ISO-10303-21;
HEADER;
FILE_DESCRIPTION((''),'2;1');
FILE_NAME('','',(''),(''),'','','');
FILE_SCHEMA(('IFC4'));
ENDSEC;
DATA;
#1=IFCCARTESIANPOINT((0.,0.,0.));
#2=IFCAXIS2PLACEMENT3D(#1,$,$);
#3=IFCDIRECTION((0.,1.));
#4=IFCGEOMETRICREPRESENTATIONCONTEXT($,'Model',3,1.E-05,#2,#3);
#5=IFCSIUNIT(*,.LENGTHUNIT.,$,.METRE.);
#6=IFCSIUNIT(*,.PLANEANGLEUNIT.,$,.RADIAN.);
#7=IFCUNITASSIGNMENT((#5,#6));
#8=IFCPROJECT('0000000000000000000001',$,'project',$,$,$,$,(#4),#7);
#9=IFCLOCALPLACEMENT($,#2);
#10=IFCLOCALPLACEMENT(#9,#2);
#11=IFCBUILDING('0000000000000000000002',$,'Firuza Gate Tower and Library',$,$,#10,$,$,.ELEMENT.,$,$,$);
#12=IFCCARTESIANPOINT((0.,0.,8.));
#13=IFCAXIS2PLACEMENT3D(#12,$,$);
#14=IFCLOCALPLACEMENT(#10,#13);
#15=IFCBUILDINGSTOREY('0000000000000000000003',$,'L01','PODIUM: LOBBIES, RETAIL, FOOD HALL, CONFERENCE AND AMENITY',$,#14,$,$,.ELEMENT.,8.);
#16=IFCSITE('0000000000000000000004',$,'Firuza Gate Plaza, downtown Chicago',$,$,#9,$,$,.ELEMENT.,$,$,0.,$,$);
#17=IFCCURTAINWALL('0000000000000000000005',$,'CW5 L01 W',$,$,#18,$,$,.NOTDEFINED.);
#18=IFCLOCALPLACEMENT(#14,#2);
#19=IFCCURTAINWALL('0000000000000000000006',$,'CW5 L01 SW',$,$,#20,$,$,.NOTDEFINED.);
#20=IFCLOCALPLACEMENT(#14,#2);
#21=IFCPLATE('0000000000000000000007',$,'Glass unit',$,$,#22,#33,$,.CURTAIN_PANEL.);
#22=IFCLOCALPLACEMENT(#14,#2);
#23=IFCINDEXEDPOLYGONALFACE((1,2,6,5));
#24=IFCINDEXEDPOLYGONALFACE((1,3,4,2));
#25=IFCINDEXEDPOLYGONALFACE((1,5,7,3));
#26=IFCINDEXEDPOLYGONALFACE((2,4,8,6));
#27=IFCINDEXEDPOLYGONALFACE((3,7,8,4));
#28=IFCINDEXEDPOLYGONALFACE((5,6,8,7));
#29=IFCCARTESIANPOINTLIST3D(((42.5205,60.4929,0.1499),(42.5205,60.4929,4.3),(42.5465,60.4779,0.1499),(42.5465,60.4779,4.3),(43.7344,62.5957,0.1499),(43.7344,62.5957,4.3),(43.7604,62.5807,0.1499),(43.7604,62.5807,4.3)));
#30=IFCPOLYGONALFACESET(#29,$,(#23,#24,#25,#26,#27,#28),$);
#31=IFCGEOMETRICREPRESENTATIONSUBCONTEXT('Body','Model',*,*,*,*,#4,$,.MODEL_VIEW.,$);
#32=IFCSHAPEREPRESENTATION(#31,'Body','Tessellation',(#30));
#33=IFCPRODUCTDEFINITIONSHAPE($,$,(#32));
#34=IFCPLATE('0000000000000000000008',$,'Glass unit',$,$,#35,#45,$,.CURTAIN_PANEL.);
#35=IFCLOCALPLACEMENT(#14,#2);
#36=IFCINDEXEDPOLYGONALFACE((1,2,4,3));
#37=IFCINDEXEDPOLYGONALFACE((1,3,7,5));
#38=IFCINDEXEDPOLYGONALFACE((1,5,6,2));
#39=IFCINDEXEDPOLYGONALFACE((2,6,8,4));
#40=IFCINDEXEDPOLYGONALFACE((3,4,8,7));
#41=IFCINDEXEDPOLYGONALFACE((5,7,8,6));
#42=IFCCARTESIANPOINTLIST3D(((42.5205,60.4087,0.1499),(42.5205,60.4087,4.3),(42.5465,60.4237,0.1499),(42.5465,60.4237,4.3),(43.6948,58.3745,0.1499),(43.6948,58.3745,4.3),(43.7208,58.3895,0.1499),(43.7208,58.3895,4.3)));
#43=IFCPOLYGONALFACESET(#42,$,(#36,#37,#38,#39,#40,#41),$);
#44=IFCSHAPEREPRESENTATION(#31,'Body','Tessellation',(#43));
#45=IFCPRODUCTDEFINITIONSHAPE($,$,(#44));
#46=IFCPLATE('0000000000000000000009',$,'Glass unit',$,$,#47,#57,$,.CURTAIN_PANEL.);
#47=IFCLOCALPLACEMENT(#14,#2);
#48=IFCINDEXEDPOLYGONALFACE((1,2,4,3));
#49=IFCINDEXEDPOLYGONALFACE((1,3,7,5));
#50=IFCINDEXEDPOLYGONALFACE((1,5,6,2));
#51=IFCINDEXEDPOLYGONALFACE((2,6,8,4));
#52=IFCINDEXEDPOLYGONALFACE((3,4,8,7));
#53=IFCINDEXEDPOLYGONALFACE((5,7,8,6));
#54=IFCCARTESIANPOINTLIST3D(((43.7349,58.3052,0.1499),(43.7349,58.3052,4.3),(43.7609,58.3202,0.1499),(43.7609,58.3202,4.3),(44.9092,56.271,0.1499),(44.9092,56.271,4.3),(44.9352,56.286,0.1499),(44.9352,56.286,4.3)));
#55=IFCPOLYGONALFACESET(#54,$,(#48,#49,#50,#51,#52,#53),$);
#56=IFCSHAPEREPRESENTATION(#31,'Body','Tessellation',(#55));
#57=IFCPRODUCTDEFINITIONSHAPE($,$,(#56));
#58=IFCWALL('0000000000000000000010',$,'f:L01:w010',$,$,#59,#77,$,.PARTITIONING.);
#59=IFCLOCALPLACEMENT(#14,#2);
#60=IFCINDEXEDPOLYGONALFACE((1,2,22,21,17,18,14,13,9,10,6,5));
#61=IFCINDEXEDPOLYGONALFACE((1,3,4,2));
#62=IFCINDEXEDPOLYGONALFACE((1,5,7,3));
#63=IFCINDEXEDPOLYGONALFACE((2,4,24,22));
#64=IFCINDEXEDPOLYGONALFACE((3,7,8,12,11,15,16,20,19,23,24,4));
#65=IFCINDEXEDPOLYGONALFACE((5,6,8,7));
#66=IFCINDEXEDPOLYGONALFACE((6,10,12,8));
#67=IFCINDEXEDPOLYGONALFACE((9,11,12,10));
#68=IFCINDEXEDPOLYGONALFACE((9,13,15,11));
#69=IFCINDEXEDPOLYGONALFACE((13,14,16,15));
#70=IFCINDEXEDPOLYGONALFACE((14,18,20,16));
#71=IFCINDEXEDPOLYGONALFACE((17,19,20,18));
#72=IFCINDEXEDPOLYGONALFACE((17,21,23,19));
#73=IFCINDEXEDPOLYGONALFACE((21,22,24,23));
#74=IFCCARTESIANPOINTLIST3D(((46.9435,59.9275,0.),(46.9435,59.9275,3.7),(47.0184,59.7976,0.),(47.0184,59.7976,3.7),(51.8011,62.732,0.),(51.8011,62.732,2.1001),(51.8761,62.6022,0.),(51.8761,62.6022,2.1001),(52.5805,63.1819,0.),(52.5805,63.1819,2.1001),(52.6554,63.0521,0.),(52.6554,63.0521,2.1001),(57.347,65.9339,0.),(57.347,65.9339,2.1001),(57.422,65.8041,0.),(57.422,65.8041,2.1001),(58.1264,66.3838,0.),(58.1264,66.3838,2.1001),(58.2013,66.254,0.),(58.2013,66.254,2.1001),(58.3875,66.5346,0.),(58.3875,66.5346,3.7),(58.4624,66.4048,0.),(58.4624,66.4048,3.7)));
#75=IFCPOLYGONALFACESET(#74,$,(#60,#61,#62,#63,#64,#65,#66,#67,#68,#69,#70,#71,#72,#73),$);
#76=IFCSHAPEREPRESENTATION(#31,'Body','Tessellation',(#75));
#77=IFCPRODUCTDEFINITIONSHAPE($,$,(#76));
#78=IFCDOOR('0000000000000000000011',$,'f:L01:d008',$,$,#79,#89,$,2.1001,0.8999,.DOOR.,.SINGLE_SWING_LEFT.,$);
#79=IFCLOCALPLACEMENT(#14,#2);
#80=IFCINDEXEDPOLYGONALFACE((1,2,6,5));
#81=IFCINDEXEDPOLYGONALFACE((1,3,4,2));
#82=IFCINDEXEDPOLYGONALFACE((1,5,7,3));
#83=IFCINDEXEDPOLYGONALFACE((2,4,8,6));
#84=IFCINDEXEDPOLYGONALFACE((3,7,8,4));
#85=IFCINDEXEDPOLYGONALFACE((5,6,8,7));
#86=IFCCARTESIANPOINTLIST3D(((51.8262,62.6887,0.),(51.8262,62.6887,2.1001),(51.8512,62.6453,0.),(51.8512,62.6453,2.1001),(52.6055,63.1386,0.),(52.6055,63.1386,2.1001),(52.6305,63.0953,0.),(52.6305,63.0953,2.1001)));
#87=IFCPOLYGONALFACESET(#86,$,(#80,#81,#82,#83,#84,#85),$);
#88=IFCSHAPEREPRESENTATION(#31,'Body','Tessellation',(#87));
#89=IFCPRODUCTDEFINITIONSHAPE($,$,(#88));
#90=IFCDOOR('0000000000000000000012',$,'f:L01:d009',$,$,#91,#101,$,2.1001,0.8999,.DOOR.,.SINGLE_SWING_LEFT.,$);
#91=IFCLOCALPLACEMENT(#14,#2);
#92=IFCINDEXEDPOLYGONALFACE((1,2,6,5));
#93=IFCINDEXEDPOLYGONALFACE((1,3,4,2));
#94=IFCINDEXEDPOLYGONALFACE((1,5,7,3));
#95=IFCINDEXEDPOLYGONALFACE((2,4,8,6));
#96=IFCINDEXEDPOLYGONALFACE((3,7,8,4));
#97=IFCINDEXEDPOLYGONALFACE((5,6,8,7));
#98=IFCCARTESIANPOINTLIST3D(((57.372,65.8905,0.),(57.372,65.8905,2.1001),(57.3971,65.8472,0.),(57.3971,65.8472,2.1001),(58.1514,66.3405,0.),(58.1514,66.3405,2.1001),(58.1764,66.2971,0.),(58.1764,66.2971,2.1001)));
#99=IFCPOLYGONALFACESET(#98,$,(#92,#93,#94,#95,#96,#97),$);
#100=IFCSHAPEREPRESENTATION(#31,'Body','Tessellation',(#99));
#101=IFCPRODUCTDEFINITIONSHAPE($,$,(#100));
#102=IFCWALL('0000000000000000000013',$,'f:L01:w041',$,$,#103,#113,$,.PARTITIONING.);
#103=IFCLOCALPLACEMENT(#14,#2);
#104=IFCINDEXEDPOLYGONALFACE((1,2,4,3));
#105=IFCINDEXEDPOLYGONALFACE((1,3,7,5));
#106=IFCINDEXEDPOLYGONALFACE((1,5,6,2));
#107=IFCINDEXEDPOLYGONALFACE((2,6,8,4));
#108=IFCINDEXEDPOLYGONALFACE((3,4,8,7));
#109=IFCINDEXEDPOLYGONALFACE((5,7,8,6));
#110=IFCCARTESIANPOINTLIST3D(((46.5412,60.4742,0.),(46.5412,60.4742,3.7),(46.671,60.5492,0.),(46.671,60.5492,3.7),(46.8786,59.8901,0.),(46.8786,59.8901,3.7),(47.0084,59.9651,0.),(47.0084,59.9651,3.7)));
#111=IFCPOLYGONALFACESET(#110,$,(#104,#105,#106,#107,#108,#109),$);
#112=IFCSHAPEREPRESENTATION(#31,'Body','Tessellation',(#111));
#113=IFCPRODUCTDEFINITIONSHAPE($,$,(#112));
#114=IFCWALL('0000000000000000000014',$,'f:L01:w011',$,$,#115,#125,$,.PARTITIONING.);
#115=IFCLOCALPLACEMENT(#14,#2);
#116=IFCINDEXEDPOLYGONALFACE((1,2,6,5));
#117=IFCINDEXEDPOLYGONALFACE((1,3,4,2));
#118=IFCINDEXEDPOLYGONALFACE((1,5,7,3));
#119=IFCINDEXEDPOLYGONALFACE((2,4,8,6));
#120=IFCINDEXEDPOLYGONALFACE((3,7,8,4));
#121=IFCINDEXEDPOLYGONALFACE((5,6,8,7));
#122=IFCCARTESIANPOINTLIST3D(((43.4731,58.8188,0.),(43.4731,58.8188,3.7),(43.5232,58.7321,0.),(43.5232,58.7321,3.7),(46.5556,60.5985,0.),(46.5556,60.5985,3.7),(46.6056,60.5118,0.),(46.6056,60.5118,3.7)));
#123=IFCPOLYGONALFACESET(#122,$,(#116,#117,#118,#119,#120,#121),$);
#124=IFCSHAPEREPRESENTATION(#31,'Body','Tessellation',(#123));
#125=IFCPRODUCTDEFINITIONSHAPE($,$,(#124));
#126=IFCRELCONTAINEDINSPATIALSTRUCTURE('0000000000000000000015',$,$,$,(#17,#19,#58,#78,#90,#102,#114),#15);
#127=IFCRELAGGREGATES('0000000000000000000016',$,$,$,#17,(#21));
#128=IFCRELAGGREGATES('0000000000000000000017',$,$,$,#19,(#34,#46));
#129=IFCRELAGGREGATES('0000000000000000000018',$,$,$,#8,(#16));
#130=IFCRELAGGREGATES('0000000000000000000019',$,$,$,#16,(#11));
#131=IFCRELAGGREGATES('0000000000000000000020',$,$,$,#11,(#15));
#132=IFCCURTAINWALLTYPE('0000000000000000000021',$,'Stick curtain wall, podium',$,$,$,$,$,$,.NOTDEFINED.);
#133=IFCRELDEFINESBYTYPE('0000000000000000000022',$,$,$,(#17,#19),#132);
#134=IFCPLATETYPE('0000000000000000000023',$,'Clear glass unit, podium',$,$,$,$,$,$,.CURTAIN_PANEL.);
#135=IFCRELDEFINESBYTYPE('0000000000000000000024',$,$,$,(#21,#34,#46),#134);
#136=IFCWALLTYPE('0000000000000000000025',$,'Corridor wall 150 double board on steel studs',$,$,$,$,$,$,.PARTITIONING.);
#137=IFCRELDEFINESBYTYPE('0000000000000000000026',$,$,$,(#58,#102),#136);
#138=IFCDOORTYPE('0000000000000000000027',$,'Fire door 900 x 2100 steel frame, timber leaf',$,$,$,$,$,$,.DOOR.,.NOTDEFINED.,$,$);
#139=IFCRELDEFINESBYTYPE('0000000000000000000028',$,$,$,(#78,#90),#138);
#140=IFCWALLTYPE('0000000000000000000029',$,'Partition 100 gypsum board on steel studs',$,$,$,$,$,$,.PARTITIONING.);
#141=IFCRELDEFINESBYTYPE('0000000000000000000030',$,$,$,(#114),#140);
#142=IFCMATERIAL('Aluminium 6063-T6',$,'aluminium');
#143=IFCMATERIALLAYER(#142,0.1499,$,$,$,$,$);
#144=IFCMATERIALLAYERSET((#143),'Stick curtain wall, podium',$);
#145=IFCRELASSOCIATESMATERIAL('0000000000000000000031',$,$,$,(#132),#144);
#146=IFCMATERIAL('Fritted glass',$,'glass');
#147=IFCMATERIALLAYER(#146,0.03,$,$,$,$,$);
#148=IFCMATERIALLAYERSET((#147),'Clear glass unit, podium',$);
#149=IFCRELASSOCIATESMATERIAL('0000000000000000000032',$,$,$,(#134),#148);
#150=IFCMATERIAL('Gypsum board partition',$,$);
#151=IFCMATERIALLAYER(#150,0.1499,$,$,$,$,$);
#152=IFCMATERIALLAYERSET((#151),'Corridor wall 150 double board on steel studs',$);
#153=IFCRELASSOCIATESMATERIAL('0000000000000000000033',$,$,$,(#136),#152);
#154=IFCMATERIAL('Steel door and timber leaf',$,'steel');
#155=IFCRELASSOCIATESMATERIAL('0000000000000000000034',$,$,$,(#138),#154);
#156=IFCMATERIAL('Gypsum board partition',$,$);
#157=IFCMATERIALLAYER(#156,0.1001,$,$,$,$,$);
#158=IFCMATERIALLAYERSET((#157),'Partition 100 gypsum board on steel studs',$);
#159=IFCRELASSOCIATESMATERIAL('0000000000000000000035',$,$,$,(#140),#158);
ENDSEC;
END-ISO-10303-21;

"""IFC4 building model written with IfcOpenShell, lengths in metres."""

from ifc_helpers import new_model, si_unit, direction, frame, frame_2d, origin, place, context, subcontext, project, spatial, polyline, rectangle, outline, extrude, material, layer, layer_set, type_object, element, fill, aggregate, save


model = new_model("IFC4")

# Units and contexts
model_context = context("Model", 3, precision=1e-05, world=origin(), true_north=direction((0.0, 1.0)))
body_context = subcontext(model_context, "Body", "Model", "MODEL_VIEW")
ifc_project = project(units=[si_unit("LENGTHUNIT", "METRE"), si_unit("PLANEANGLEUNIT", "RADIAN")], contexts=[model_context])

# Site, building, storey
site_placement = place(None, origin())
site = spatial("IfcSite", under=ifc_project, at=site_placement, Name="Firuza Gate Plaza, downtown Chicago", CompositionType="ELEMENT", RefElevation=0.0)
building_placement = place(site_placement, origin())
building = spatial("IfcBuilding", under=site, at=building_placement, Name="Firuza Gate Tower and Library", CompositionType="ELEMENT")
storey_placement = place(building_placement, frame((0.0, 0.0, 8.0)))
storey = spatial("IfcBuildingStorey", under=building, at=storey_placement, Name="L01", Description="PODIUM: LOBBIES, RETAIL, FOOD HALL, CONFERENCE AND AMENITY", CompositionType="ELEMENT", Elevation=8.0)

# Curtain walls
ifc_material_1 = material(Name="Aluminium 6063-T6", Category="aluminium")
ifc_layer_1 = layer(ifc_material_1, 0.1499)
ifc_layer_set_1 = layer_set([ifc_layer_1], Name="Stick curtain wall, podium")
curtain_wall_type = type_object("IfcCurtainWallType", Name="Stick curtain wall, podium", PredefinedType="NOTDEFINED", material=ifc_layer_set_1)
placement = place(storey_placement, origin())
curtain_wall_1 = element("IfcCurtainWall", 1, at=placement, inside=storey, type_object=curtain_wall_type, Name="CW5 L01 W", PredefinedType="NOTDEFINED")
curtain_wall_2 = element("IfcCurtainWall", 2, at=placement, inside=storey, type_object=curtain_wall_type, Name="CW5 L01 SW", PredefinedType="NOTDEFINED")

# Plates
ifc_material_2 = material(Name="Fritted glass", Category="glass")
ifc_layer_2 = layer(ifc_material_2, 0.03)
ifc_layer_set_2 = layer_set([ifc_layer_2], Name="Clear glass unit, podium")
plate_type = type_object("IfcPlateType", Name="Clear glass unit, podium", PredefinedType="CURTAIN_PANEL", material=ifc_layer_set_2)
plate_1_placement = place(storey_placement, frame((43.7344, 62.5957, 0.1499), z_axis=(-0.866057, 0.499946, 0.0), x_axis=(-0.499946, -0.866057, 0.0)))
plate_1 = element("IfcPlate", 3, at=plate_1_placement, type_object=plate_type, Name="Glass unit", PredefinedType="CURTAIN_PANEL", context=body_context, shape_type="SweptSolid", body=[
    extrude(outline(polyline([(0.0, 0.0), (2.428, 0.0), (2.428, 4.1501), (0.0, 4.1501), (0.0, 0.0)])), origin(), (0.0, 0.0, -1.0), 0.03),
])
aggregate(curtain_wall_1, [plate_1])
plate_2_placement = place(storey_placement, frame((42.5205, 60.4087, 0.1499), z_axis=(-0.866047, -0.499962, 0.0), x_axis=(0.499962, -0.866047, 0.0)))
plate_2 = element("IfcPlate", 4, at=plate_2_placement, type_object=plate_type, Name="Glass unit", PredefinedType="CURTAIN_PANEL", context=body_context, shape_type="SweptSolid", body=[
    extrude(outline(polyline([(0.0, 0.0), (2.3488, 0.0), (2.3488, 4.1501), (0.0, 4.1501), (0.0, 0.0)])), origin(), (0.0, 0.0, -1.0), 0.03),
])
plate_3_placement = place(storey_placement, frame((43.7349, 58.3052, 0.1499), z_axis=(-0.866047, -0.499962, 0.0), x_axis=(0.499962, -0.866047, 0.0)))
plate_3 = element("IfcPlate", 5, at=plate_3_placement, type_object=plate_type, Name="Glass unit", PredefinedType="CURTAIN_PANEL", context=body_context, shape_type="SweptSolid", body=[
    extrude(outline(polyline([(0.0, 0.0), (2.3488, 0.0), (2.3488, 4.1501), (0.0, 4.1501), (0.0, 0.0)])), origin(), (0.0, 0.0, -1.0), 0.03),
])
aggregate(curtain_wall_2, [plate_2, plate_3])

# Wall, openings, doors
ifc_material_3 = material(Name="Gypsum board partition")
ifc_layer_3 = layer(ifc_material_3, 0.1499)
ifc_layer_set_3 = layer_set([ifc_layer_3], Name="Corridor wall 150 double board on steel studs")
wall_type_1 = type_object("IfcWallType", Name="Corridor wall 150 double board on steel studs", PredefinedType="PARTITIONING", material=ifc_layer_set_3)
wall_1_placement = place(storey_placement, frame((46.981, 59.8625, 0.0), z_axis=(0.0, 0.0, 1.0), x_axis=(0.866028, 0.499996, 0.0)))
wall_1 = element("IfcWall", 6, at=wall_1_placement, inside=storey, type_object=wall_type_1, Name="f:L01:w010", PredefinedType="PARTITIONING", context=body_context, shape_type="SweptSolid", body=[
    extrude(rectangle(XDim=13.2144, YDim=0.1499, at=frame_2d((6.6072, 0.0))), origin(), (0.0, 0.0, 1.0), 3.7),
])
opening_1_placement = place(wall_1_placement, frame((5.6091, 0.0, 0.0)))
opening_1 = element("IfcOpeningElement", 7, at=opening_1_placement, cuts=wall_1, PredefinedType="OPENING", context=body_context, shape_type="SweptSolid", body=[
    extrude(rectangle(XDim=0.8999, YDim=2.1001, at=frame_2d((0.45, 1.05))), frame((0.0, 0.085, 0.0), z_axis=(0.0, -1.0, 0.0), x_axis=(1.0, 0.0, 0.0)), (0.0, 0.0, 1.0), 0.1699),
])
opening_2_placement = place(wall_1_placement, frame((12.0129, 0.0, 0.0)))
opening_2 = element("IfcOpeningElement", 8, at=opening_2_placement, cuts=wall_1, PredefinedType="OPENING", context=body_context, shape_type="SweptSolid", body=[
    extrude(rectangle(XDim=0.8999, YDim=2.1001, at=frame_2d((0.45, 1.05))), frame((0.0, 0.085, 0.0), z_axis=(0.0, -1.0, 0.0), x_axis=(1.0, 0.0, 0.0)), (0.0, 0.0, 1.0), 0.1699),
])
ifc_material_4 = material(Name="Steel door and timber leaf", Category="steel")
door_type = type_object("IfcDoorType", Name="Fire door 900 x 2100 steel frame, timber leaf", OperationType="NOTDEFINED", PredefinedType="DOOR", material=ifc_material_4)
door_1_placement = place(opening_1_placement, origin())
door_1 = element("IfcDoor", 9, at=door_1_placement, inside=storey, type_object=door_type, Name="f:L01:d008", OperationType="SINGLE_SWING_LEFT", OverallHeight=2.1001, OverallWidth=0.8999, PredefinedType="DOOR", context=body_context, shape_type="SweptSolid", body=[
    extrude(rectangle(XDim=0.8999, YDim=2.1001, at=frame_2d((0.45, 1.05))), frame((0.0, 0.0249, 0.0), z_axis=(0.0, -1.0, 0.0), x_axis=(1.0, 0.0, 0.0)), (0.0, 0.0, 1.0), 0.05),
])
fill(opening_1, door_1)
door_2_placement = place(opening_2_placement, origin())
door_2 = element("IfcDoor", 10, at=door_2_placement, inside=storey, type_object=door_type, Name="f:L01:d009", OperationType="SINGLE_SWING_LEFT", OverallHeight=2.1001, OverallWidth=0.8999, PredefinedType="DOOR", context=body_context, shape_type="SweptSolid", body=[
    extrude(rectangle(XDim=0.8999, YDim=2.1001, at=frame_2d((0.45, 1.05))), frame((0.0, 0.0249, 0.0), z_axis=(0.0, -1.0, 0.0), x_axis=(1.0, 0.0, 0.0)), (0.0, 0.0, 1.0), 0.05),
])
fill(opening_2, door_2)

# Walls
wall_2_placement = place(storey_placement, frame((46.9436, 59.9275, 0.0), z_axis=(0.0, 0.0, 1.0), x_axis=(-0.500266, 0.865872, 0.0)))
element("IfcWall", 11, at=wall_2_placement, inside=storey, type_object=wall_type_1, Name="f:L01:w041", PredefinedType="PARTITIONING", context=body_context, shape_type="SweptSolid", body=[
    extrude(rectangle(XDim=0.6746, YDim=0.1499, at=frame_2d((0.3374, 0.0))), origin(), (0.0, 0.0, 1.0), 3.7),
])
ifc_material_5 = material(Name="Gypsum board partition")
ifc_layer_4 = layer(ifc_material_5, 0.1001)
ifc_layer_set_4 = layer_set([ifc_layer_4], Name="Partition 100 gypsum board on steel studs")
wall_type_2 = type_object("IfcWallType", Name="Partition 100 gypsum board on steel studs", PredefinedType="PARTITIONING", material=ifc_layer_set_4)
wall_3_placement = place(storey_placement, frame((43.498, 58.7754, 0.0), z_axis=(0.0, 0.0, 1.0), x_axis=(0.866014, 0.500019, 0.0)))
element("IfcWall", 12, at=wall_3_placement, inside=storey, type_object=wall_type_2, Name="f:L01:w011", PredefinedType="PARTITIONING", context=body_context, shape_type="SweptSolid", body=[
    extrude(rectangle(XDim=3.5593, YDim=0.1001, at=frame_2d((1.7798, 0.0))), origin(), (0.0, 0.0, 1.0), 3.7),
])

save(model, "model.ifc")
